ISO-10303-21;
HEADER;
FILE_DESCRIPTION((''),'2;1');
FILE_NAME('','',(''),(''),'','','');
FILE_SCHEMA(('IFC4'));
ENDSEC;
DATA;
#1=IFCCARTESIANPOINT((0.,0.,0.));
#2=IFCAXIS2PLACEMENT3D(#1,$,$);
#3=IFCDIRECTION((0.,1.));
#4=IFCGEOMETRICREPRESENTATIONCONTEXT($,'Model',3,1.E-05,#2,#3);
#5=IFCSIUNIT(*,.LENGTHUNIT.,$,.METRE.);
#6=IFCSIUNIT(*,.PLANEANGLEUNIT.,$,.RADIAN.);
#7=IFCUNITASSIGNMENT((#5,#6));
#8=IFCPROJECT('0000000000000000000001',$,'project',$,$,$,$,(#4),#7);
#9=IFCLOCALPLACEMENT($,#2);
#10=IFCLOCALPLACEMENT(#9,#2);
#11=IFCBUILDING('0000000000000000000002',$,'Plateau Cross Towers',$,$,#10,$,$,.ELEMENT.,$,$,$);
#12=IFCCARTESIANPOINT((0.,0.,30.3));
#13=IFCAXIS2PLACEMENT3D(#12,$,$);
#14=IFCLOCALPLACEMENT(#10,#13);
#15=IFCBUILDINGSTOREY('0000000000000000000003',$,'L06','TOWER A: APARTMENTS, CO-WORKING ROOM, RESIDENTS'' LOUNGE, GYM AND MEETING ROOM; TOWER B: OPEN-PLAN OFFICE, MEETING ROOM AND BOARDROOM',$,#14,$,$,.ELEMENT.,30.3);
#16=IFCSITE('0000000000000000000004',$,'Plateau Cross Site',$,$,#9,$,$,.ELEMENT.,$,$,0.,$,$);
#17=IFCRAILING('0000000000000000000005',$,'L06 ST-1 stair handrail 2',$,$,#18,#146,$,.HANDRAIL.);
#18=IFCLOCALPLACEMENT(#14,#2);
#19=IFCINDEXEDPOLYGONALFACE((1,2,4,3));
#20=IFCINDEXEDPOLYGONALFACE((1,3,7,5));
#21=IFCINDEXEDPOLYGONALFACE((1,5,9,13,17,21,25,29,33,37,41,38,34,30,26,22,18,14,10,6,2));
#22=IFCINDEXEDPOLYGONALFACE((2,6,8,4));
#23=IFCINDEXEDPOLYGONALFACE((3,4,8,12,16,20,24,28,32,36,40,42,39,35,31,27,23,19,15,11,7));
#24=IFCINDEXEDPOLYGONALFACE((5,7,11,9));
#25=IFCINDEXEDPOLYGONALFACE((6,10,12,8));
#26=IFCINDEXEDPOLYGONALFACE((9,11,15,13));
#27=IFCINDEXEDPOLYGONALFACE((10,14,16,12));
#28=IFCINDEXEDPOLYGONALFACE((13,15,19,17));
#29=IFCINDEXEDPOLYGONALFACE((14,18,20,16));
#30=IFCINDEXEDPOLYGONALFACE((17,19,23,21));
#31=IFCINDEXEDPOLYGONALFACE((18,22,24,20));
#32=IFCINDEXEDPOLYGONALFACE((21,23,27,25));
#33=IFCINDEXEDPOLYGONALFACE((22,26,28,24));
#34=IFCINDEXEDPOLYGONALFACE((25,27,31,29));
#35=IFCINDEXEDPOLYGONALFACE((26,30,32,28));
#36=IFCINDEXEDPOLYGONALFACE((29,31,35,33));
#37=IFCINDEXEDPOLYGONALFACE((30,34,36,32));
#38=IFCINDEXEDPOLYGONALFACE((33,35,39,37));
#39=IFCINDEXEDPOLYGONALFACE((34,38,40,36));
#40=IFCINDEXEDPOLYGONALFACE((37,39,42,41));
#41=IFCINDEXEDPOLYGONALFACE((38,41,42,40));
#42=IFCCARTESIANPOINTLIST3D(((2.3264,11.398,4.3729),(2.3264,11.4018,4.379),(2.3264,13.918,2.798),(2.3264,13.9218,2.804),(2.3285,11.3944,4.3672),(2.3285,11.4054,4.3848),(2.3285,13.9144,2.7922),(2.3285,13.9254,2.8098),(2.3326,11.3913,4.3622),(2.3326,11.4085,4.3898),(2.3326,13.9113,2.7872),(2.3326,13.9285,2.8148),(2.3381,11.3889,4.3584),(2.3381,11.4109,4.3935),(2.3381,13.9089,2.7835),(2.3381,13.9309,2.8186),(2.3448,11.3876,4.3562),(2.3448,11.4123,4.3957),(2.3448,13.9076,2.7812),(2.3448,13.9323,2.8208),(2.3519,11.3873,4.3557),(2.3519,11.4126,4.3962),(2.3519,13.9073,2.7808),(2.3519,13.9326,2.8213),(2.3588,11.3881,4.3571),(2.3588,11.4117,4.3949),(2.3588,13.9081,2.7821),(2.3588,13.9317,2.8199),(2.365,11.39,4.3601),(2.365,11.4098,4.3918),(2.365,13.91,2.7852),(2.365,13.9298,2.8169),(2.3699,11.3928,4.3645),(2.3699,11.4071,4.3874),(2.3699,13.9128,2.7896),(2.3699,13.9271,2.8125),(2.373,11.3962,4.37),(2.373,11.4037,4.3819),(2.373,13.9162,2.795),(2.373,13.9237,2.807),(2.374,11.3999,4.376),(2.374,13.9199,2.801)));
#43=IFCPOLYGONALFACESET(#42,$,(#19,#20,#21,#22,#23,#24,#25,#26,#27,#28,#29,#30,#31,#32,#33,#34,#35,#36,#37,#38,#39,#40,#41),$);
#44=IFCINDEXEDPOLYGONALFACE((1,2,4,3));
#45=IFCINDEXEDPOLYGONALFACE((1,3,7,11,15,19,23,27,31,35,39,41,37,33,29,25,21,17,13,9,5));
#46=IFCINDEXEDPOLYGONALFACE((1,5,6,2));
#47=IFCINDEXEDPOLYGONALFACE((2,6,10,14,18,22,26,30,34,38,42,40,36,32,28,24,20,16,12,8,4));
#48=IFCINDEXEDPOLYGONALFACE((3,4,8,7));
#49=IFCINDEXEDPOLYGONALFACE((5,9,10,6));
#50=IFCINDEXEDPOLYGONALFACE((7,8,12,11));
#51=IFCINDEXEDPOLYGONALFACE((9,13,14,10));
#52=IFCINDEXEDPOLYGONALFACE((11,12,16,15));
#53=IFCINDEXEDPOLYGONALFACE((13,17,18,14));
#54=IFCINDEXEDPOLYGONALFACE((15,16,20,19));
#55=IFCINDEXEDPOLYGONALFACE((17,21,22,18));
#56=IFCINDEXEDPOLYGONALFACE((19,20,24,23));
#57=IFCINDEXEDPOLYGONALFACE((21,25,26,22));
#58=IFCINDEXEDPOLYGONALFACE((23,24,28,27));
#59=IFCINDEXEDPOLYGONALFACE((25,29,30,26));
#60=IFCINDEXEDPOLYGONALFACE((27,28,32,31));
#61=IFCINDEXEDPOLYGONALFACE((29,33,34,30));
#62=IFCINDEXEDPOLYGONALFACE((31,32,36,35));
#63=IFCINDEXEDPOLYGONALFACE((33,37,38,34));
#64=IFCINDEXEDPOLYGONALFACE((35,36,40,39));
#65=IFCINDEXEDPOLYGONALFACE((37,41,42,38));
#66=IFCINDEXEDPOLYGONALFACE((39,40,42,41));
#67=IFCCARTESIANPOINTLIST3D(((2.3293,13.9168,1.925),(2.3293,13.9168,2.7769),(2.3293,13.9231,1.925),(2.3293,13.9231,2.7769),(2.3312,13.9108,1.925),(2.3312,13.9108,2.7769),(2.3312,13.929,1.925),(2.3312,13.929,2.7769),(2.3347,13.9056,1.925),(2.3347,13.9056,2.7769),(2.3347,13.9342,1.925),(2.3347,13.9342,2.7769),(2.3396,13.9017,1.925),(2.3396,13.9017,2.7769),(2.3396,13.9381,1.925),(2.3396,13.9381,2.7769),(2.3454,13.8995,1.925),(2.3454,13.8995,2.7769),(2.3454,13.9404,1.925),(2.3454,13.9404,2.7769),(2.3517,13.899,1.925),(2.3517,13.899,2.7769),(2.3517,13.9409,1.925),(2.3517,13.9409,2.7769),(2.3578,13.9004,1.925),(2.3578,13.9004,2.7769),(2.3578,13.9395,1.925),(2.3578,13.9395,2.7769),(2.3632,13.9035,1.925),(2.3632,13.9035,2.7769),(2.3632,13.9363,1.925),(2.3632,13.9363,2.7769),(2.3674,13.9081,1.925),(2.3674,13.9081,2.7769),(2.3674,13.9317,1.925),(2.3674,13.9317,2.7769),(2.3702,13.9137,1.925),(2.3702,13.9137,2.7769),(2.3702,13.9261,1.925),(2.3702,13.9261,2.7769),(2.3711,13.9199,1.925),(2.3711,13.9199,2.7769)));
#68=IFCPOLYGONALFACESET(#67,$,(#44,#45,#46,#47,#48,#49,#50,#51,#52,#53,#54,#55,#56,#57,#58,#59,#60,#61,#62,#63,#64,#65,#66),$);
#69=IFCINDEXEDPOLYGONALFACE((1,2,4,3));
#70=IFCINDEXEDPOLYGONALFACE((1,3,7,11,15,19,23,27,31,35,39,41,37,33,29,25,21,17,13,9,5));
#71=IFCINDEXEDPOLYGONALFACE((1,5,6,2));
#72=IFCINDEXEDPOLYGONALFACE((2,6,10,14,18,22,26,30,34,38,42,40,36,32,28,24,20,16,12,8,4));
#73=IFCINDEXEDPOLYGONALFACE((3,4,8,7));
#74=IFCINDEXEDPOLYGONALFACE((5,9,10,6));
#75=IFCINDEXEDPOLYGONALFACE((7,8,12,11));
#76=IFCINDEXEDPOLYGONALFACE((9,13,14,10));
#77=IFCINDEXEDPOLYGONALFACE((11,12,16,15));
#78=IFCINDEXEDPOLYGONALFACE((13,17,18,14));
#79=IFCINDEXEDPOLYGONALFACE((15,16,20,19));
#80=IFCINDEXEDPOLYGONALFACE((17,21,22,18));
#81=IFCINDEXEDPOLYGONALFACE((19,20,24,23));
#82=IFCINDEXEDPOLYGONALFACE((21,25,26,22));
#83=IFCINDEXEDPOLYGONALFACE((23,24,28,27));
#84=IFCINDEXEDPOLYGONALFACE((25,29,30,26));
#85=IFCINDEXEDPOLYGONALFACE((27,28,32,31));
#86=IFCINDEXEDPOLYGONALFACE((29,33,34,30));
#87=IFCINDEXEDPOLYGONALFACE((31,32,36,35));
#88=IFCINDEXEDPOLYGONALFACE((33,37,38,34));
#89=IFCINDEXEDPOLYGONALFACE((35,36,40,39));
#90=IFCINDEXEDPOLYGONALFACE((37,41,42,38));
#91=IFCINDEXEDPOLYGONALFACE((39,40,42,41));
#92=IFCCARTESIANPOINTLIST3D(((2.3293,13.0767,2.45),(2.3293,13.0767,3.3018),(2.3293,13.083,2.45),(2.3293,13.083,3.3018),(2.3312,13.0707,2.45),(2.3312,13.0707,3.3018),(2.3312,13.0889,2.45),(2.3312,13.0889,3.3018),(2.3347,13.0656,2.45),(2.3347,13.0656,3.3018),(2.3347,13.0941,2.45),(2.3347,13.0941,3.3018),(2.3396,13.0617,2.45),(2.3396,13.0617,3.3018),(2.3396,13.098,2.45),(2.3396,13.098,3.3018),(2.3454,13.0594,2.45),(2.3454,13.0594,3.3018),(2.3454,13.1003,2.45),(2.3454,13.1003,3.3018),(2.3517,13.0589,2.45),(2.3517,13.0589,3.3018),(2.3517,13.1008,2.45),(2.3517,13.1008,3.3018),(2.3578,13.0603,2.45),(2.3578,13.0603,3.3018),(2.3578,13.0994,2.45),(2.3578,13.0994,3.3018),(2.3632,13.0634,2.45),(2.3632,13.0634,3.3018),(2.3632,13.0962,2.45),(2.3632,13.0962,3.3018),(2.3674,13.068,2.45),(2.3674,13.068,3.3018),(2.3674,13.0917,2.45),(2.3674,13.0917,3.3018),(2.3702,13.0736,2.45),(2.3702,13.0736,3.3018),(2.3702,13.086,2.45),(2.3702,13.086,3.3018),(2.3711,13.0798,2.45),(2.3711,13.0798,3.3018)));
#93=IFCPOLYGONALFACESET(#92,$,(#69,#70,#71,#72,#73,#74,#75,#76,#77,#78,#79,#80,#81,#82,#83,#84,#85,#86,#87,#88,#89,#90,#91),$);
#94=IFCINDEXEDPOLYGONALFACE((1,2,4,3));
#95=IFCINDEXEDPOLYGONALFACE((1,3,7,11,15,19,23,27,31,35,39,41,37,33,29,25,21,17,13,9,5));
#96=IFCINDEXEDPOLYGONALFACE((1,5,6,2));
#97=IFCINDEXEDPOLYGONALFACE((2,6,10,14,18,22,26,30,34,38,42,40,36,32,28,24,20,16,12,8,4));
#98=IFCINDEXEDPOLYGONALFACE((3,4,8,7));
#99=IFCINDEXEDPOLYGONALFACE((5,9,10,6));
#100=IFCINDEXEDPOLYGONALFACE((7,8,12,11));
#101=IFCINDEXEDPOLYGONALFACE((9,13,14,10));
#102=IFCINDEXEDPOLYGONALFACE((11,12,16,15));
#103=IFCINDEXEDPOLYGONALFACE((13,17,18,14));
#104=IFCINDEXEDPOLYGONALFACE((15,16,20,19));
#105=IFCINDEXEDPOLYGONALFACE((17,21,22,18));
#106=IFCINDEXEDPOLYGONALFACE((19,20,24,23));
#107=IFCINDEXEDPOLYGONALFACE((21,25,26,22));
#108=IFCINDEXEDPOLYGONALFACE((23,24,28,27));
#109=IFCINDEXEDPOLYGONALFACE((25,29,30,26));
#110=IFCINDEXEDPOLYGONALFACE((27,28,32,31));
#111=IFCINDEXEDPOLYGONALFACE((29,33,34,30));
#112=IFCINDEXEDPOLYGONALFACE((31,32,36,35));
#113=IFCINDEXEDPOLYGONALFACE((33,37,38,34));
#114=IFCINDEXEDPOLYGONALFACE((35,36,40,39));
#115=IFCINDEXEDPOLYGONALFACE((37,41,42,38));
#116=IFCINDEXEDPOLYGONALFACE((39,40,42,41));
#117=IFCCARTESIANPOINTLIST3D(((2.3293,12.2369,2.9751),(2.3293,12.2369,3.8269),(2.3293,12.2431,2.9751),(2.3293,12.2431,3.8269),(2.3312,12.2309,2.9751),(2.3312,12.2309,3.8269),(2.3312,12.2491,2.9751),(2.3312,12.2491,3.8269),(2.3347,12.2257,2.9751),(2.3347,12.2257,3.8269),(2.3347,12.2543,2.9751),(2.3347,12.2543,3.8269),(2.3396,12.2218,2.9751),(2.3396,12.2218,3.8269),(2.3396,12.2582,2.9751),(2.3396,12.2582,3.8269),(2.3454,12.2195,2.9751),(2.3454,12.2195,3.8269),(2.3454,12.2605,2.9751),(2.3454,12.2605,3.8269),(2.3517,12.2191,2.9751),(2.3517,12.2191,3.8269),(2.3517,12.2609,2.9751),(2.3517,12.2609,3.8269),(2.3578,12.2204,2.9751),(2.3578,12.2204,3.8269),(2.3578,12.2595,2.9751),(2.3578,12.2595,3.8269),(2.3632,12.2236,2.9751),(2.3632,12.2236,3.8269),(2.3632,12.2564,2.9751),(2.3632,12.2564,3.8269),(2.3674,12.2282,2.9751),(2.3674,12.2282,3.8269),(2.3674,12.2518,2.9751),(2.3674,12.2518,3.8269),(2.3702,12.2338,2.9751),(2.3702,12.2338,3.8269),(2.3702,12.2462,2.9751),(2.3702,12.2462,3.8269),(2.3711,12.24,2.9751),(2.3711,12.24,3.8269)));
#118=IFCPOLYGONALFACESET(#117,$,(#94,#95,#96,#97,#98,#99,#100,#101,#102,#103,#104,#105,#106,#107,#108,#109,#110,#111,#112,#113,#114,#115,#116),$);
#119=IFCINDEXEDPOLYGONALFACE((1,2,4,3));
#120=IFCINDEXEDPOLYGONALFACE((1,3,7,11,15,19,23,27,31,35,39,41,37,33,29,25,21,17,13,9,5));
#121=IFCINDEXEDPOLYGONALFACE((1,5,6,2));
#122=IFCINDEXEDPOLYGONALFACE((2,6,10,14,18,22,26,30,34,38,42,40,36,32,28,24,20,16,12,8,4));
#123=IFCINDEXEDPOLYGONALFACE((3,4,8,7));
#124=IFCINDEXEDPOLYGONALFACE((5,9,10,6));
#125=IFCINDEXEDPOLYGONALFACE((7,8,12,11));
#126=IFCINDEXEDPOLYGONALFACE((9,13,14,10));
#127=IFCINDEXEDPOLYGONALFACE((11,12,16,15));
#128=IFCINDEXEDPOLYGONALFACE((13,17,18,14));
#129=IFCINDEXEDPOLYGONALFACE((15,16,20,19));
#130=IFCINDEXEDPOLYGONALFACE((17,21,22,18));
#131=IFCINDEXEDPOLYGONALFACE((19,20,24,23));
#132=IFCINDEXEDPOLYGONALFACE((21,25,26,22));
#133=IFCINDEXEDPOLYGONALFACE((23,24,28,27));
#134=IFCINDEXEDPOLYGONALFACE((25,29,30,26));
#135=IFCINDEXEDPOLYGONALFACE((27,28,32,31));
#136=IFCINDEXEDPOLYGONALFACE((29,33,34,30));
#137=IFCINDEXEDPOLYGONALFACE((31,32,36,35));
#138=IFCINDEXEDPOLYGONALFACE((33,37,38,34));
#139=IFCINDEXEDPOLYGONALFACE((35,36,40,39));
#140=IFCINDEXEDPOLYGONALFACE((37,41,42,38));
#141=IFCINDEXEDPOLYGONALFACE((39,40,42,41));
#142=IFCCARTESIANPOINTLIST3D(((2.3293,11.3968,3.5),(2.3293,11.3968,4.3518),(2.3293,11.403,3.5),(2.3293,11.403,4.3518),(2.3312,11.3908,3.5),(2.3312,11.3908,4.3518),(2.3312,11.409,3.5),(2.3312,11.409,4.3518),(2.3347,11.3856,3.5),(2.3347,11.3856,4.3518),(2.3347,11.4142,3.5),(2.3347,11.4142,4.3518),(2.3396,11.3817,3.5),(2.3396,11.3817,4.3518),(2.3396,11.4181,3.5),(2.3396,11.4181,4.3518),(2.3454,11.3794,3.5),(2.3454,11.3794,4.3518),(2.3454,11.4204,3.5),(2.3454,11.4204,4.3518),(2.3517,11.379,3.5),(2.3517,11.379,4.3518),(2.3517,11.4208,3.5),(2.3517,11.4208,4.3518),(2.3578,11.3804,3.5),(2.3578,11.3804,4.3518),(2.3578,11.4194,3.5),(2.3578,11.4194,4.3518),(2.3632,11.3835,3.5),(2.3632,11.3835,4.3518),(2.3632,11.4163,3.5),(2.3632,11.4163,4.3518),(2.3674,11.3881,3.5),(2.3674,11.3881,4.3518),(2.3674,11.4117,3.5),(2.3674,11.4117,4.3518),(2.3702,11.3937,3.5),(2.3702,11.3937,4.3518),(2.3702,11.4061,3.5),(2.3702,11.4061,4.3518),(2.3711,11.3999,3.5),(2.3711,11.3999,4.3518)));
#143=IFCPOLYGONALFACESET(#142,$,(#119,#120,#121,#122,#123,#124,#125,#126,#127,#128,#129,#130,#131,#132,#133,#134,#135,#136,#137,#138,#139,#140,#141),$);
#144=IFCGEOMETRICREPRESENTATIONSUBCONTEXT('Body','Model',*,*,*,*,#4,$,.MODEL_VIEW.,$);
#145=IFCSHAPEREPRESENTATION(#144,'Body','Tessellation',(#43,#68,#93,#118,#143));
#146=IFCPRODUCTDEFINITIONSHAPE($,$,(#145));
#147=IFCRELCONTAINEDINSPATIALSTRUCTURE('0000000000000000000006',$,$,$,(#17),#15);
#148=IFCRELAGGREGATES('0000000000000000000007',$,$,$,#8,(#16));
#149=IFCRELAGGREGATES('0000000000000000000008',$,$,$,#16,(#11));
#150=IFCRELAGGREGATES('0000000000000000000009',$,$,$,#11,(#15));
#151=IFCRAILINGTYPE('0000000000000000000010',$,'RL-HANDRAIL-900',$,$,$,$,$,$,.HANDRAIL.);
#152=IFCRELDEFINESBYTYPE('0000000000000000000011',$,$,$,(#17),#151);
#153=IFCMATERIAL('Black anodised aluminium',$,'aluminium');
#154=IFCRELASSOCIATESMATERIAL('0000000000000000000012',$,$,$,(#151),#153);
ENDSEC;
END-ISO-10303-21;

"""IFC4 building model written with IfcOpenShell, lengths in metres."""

from ifc_helpers import new_model, si_unit, direction, frame, origin, origin_2d, place, context, subcontext, project, spatial, circle, extrude, material, type_object, element, save


model = new_model("IFC4")

# Units and contexts
model_context = context("Model", 3, precision=1e-05, world=origin(), true_north=direction((0.0, 1.0)))
body_context = subcontext(model_context, "Body", "Model", "MODEL_VIEW")
ifc_project = project(units=[si_unit("LENGTHUNIT", "METRE"), si_unit("PLANEANGLEUNIT", "RADIAN")], contexts=[model_context])

# Site, building, storey
site_placement = place(None, origin())
site = spatial("IfcSite", under=ifc_project, at=site_placement, Name="Plateau Cross Site", CompositionType="ELEMENT", RefElevation=0.0)
building_placement = place(site_placement, origin())
building = spatial("IfcBuilding", under=site, at=building_placement, Name="Plateau Cross Towers", CompositionType="ELEMENT")
storey_placement = place(building_placement, frame((0.0, 0.0, 30.3)))
storey = spatial("IfcBuildingStorey", under=building, at=storey_placement, Name="L06", Description="TOWER A: APARTMENTS, CO-WORKING ROOM, RESIDENTS' LOUNGE, GYM AND MEETING ROOM; TOWER B: OPEN-PLAN OFFICE, MEETING ROOM AND BOARDROOM", CompositionType="ELEMENT", Elevation=30.3)

# Shared definitions
ifc_material_1 = material(Name="Black anodised aluminium", Category="aluminium")

# Railing
railing_type_1 = type_object("IfcRailingType", Name="RL-HANDRAIL-900", PredefinedType="HANDRAIL", material=ifc_material_1)
railing_1_placement = place(storey_placement, frame((2.3501, 13.9199, 1.925)))
element("IfcRailing", 1, at=railing_1_placement, inside=storey, type_object=railing_type_1, Name="L06 ST-1 stair handrail 2", PredefinedType="HANDRAIL", context=body_context, shape_type="SweptSolid", body=[
    extrude(circle(Radius=0.0239, at=origin_2d()), frame((0.0, 0.0, 0.876), z_axis=(0.0, -0.848008, 0.529984), x_axis=(1.0, 0.0, 0.0)), (0.0, 0.0, 1.0), 2.9717),
    extrude(circle(Radius=0.021, at=origin_2d()), origin(), (0.0, 0.0, 1.0), 0.8518),
    extrude(circle(Radius=0.021, at=origin_2d()), frame((0.0, -0.8401, 0.5249)), (0.0, 0.0, 1.0), 0.8518),
    extrude(circle(Radius=0.021, at=origin_2d()), frame((0.0, -1.6799, 1.05)), (0.0, 0.0, 1.0), 0.8518),
    extrude(circle(Radius=0.021, at=origin_2d()), frame((0.0, -2.52, 1.575)), (0.0, 0.0, 1.0), 0.8518),
])

save(model, "model.ifc")
